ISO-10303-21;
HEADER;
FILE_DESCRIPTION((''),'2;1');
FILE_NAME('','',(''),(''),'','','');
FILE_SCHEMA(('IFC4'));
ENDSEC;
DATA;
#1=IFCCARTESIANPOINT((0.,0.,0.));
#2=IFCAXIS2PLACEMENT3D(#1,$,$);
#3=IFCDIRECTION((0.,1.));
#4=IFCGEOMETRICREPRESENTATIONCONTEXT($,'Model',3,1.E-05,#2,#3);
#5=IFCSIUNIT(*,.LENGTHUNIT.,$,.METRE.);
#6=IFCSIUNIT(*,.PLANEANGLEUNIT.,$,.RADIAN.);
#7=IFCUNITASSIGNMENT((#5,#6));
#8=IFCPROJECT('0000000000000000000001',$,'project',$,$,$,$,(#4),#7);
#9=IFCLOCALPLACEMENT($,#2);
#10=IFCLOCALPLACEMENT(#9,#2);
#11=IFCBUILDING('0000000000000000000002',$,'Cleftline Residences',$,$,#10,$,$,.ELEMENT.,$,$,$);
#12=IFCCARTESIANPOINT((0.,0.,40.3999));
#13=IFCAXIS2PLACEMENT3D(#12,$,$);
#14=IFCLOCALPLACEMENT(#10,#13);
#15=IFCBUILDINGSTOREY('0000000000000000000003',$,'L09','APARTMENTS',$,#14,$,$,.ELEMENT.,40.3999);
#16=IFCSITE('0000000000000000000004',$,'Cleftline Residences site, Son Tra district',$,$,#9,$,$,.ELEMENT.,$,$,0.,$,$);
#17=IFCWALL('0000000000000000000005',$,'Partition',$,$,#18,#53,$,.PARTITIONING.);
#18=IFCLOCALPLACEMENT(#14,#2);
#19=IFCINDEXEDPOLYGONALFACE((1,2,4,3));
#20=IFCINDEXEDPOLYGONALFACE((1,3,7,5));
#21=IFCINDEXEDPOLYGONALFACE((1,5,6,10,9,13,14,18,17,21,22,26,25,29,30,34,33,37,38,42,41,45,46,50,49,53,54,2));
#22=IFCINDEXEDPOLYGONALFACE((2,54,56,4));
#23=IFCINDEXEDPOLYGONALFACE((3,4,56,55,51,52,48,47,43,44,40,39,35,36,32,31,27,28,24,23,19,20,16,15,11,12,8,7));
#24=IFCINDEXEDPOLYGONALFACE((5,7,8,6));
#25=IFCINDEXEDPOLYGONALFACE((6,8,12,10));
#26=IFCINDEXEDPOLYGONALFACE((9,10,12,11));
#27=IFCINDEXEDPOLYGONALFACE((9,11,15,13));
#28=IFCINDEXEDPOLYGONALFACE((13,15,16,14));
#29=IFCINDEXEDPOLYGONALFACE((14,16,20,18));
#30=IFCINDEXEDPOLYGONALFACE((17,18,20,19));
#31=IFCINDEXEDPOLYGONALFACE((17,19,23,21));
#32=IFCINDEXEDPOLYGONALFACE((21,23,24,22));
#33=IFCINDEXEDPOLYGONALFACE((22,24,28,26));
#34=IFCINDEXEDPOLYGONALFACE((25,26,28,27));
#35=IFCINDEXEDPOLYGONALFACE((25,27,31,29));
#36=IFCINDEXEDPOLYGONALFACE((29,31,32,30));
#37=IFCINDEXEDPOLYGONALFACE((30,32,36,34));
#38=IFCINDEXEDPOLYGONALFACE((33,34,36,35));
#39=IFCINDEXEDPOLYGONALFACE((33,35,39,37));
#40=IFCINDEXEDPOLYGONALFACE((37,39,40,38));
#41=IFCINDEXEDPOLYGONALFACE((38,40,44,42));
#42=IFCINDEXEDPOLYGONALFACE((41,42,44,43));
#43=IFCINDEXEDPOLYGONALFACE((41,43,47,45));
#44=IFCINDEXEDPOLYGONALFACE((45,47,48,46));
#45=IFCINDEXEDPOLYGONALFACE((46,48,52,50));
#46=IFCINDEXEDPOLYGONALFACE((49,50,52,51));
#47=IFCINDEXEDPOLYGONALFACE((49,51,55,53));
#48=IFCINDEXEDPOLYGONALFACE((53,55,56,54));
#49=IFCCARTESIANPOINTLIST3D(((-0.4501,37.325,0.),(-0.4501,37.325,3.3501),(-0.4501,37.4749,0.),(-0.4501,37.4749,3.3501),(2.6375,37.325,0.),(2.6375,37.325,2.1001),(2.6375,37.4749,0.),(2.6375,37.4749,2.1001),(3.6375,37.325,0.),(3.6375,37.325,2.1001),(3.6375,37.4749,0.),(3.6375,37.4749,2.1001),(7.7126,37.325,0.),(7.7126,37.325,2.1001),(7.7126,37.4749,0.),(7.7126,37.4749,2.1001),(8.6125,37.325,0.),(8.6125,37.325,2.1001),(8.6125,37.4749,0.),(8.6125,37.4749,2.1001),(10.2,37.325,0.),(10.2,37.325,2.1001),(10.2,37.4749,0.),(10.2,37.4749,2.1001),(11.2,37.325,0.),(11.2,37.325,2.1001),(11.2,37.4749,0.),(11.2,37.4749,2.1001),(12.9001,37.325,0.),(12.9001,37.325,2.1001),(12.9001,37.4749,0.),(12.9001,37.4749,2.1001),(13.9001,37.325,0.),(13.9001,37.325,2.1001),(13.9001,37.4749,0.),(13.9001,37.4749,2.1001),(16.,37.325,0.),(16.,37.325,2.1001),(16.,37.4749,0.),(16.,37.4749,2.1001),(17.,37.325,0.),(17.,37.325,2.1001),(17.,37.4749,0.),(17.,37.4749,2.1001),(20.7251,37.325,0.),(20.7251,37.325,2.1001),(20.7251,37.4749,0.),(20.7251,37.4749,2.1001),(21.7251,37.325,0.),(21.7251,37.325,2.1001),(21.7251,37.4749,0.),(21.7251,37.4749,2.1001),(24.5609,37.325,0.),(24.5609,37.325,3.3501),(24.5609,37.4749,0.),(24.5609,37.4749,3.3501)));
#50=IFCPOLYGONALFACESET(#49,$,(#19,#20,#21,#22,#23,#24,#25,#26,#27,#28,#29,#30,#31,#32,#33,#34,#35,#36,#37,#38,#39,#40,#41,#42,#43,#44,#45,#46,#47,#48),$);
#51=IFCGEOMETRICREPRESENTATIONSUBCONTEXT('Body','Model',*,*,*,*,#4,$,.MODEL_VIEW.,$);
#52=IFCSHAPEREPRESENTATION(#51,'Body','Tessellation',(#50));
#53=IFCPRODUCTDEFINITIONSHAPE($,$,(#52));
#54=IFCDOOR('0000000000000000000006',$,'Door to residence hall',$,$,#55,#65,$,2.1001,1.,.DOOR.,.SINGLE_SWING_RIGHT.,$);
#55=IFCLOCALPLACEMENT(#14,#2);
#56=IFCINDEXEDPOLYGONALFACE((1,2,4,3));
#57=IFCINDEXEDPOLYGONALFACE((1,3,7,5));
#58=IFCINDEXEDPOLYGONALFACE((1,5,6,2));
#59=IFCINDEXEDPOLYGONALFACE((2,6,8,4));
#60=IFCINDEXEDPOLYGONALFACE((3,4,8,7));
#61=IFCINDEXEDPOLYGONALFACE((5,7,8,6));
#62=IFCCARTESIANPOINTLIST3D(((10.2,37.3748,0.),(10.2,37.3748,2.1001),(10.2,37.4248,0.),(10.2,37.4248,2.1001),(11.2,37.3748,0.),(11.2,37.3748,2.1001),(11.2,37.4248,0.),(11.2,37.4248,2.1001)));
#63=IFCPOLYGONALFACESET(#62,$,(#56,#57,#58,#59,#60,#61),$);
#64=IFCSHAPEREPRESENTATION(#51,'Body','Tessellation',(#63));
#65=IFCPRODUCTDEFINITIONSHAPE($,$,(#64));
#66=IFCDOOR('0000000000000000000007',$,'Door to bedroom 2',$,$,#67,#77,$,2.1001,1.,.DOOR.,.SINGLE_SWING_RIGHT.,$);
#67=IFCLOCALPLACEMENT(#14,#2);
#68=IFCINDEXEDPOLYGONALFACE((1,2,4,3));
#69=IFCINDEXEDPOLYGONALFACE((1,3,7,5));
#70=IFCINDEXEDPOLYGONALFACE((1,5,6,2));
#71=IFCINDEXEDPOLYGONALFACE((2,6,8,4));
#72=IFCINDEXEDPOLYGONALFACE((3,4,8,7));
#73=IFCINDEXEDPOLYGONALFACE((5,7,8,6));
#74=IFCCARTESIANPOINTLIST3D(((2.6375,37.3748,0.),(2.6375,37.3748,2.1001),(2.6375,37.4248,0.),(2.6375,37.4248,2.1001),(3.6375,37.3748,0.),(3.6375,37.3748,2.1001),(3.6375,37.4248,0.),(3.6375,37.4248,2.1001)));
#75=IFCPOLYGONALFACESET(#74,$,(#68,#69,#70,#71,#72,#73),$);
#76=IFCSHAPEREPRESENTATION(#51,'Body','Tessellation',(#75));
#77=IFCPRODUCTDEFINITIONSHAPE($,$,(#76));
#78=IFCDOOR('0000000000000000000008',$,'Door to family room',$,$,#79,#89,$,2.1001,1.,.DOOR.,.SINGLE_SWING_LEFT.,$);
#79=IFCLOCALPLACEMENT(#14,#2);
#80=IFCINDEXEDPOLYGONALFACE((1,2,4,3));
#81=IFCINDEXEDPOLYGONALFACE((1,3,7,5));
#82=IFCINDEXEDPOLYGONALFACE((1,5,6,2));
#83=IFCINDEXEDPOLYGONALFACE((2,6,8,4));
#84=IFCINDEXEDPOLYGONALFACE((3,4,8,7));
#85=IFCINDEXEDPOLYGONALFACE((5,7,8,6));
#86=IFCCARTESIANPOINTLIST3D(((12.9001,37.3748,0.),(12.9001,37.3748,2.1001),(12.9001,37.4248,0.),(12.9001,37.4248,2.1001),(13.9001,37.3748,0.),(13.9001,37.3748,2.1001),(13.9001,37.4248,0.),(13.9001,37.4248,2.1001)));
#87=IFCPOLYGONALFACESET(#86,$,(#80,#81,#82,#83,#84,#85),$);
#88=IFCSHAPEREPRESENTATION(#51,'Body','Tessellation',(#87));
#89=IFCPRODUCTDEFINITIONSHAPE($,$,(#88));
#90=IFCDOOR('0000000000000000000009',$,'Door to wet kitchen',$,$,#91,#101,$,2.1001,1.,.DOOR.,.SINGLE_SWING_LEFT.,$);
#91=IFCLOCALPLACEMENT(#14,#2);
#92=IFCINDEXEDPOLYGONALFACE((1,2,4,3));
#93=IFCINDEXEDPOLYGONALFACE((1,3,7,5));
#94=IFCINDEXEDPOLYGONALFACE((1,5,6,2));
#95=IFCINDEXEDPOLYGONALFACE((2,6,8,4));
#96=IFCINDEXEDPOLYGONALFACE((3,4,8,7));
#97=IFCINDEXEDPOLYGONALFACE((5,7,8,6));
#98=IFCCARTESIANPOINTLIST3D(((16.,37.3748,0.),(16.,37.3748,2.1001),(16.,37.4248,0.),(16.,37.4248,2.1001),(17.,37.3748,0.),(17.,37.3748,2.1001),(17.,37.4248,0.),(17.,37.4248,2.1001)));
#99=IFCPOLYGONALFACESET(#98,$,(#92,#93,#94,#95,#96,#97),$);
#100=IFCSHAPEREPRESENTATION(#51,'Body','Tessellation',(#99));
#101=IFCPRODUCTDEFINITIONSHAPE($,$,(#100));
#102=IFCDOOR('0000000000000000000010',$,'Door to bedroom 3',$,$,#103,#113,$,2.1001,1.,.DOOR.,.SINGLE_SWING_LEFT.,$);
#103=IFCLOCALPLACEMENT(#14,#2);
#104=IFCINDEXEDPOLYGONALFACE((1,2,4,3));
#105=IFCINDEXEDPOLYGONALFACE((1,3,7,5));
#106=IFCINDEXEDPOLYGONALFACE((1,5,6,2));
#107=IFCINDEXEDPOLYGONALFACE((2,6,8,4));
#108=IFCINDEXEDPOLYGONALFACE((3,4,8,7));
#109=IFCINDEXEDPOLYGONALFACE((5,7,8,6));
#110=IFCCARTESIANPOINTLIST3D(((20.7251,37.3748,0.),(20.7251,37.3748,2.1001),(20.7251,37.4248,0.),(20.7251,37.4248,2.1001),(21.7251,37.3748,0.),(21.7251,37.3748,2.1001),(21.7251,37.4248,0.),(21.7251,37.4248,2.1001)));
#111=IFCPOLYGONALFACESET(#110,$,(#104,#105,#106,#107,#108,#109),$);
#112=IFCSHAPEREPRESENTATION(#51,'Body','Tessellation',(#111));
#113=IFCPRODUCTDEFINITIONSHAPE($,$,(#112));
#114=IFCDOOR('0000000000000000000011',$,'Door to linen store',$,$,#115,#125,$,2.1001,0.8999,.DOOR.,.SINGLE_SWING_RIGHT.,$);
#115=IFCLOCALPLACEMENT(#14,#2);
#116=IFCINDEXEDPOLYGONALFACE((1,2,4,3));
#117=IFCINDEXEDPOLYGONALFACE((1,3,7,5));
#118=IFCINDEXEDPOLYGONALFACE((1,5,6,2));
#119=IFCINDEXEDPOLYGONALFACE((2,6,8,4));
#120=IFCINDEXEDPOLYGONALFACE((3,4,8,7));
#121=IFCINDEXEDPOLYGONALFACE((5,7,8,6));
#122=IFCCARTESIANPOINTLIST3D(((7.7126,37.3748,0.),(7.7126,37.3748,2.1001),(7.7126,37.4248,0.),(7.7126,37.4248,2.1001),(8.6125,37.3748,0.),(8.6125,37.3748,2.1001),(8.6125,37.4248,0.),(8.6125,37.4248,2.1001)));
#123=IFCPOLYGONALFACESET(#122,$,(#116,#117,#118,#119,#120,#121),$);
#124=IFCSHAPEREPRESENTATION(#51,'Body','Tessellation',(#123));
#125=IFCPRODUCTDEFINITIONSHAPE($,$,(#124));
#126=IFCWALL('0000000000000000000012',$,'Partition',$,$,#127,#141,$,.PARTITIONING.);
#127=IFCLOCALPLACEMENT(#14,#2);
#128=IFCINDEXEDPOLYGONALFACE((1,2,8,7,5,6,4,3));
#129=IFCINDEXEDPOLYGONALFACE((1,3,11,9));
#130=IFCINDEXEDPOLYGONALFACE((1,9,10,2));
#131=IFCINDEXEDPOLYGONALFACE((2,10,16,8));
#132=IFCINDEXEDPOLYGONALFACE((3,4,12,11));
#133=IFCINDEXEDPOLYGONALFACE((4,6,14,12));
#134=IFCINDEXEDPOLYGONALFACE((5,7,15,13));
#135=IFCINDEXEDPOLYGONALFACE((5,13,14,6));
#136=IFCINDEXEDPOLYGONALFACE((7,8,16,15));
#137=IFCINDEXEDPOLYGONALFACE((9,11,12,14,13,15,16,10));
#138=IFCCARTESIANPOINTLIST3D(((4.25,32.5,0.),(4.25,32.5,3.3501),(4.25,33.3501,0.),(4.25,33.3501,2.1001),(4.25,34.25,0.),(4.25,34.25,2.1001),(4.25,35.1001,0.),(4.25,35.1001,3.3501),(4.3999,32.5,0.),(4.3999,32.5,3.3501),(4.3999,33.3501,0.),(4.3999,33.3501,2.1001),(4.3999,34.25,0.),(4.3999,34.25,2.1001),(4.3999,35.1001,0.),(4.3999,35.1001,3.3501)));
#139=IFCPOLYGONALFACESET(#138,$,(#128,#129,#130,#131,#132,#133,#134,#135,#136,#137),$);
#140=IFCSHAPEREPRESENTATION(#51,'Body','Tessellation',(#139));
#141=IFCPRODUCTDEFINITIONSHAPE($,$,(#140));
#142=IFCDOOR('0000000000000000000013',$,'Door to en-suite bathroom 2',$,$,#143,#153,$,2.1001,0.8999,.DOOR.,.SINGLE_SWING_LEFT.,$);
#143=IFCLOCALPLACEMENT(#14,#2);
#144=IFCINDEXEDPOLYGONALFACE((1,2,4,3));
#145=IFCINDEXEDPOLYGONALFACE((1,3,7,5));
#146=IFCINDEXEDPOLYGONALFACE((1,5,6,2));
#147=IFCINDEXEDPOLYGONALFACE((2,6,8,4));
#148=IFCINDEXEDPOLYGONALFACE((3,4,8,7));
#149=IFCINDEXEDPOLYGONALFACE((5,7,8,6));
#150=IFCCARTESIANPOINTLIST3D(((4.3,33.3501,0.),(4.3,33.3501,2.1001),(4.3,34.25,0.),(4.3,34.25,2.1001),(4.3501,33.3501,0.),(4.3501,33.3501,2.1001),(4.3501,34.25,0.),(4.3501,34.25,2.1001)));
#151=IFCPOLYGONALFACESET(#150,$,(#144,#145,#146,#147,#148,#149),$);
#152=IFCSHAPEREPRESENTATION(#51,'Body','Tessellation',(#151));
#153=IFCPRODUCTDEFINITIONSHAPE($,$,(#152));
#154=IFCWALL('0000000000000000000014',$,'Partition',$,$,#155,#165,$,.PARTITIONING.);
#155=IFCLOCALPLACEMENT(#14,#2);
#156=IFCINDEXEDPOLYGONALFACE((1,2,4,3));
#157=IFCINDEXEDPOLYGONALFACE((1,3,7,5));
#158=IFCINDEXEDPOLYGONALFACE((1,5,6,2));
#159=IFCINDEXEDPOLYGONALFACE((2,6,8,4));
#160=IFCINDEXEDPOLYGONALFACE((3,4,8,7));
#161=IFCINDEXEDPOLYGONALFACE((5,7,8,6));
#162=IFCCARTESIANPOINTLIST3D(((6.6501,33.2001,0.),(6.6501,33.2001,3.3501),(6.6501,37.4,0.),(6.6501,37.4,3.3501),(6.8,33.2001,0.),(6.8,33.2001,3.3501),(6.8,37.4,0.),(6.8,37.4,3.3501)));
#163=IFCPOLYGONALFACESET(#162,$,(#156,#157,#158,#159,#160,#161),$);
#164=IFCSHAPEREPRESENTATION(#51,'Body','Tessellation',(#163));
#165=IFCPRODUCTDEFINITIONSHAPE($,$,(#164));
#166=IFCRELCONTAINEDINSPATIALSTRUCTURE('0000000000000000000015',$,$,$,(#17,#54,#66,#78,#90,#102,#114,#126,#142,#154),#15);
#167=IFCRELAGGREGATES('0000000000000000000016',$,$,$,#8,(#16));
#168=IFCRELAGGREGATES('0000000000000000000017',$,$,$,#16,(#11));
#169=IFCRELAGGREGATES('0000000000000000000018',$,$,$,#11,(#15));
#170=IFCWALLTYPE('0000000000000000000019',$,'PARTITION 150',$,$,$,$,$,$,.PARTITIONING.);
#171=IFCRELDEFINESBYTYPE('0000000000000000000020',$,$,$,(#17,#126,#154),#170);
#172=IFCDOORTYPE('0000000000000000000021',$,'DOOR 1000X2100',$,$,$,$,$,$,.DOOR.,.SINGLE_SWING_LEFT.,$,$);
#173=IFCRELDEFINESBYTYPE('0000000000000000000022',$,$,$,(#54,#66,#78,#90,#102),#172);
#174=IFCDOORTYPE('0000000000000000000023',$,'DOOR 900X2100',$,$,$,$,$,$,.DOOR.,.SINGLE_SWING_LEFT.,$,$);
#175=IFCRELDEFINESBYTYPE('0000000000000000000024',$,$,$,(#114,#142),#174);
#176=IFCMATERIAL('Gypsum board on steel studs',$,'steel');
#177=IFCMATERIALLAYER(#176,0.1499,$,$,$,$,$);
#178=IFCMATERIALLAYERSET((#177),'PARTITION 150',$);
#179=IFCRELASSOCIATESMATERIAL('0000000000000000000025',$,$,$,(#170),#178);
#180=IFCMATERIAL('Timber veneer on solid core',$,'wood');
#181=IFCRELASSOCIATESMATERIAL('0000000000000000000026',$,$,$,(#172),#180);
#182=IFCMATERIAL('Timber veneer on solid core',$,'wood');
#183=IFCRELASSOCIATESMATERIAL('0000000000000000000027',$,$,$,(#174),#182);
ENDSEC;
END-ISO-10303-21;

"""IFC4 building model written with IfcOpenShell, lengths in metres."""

from ifc_helpers import new_model, si_unit, direction, frame, frame_2d, origin, place, context, subcontext, project, spatial, rectangle, extrude, material, layer, layer_set, type_object, element, fill, save


model = new_model("IFC4")

# Units and contexts
model_context = context("Model", 3, precision=1e-05, world=origin(), true_north=direction((0.0, 1.0)))
body_context = subcontext(model_context, "Body", "Model", "MODEL_VIEW")
ifc_project = project(units=[si_unit("LENGTHUNIT", "METRE"), si_unit("PLANEANGLEUNIT", "RADIAN")], contexts=[model_context])

# Site, building, storey
site_placement = place(None, origin())
site = spatial("IfcSite", under=ifc_project, at=site_placement, Name="Cleftline Residences site, Son Tra district", CompositionType="ELEMENT", RefElevation=0.0)
building_placement = place(site_placement, origin())
building = spatial("IfcBuilding", under=site, at=building_placement, Name="Cleftline Residences", CompositionType="ELEMENT")
storey_placement = place(building_placement, frame((0.0, 0.0, 40.3999)))
storey = spatial("IfcBuildingStorey", under=building, at=storey_placement, Name="L09", Description="APARTMENTS", CompositionType="ELEMENT", Elevation=40.3999)

# Shared definitions
ifc_material_1 = material(Name="Gypsum board on steel studs", Category="steel")
ifc_layer = layer(ifc_material_1, 0.1499)
ifc_layer_set = layer_set([ifc_layer], Name="PARTITION 150")
wall_type = type_object("IfcWallType", Name="PARTITION 150", PredefinedType="PARTITIONING", material=ifc_layer_set)

# Wall, openings, doors
wall_1_placement = place(storey_placement, frame((-0.45, 37.3999, 0.0), z_axis=(0.0, 0.0, 1.0), x_axis=(1.0, 0.0, 0.0)))
wall_1 = element("IfcWall", 1, at=wall_1_placement, inside=storey, type_object=wall_type, Name="Partition", PredefinedType="PARTITIONING", context=body_context, shape_type="SweptSolid", body=[
    extrude(rectangle(XDim=25.011, YDim=0.1499, at=frame_2d((12.5054, 0.0))), origin(), (0.0, 0.0, 1.0), 3.3501),
])
opening_1_placement = place(wall_1_placement, frame((10.6499, 0.0, 0.0)))
opening_1 = element("IfcOpeningElement", 2, at=opening_1_placement, cuts=wall_1, PredefinedType="OPENING", context=body_context, shape_type="SweptSolid", body=[
    extrude(rectangle(XDim=1.0, YDim=2.1001, at=frame_2d((0.5, 1.05))), frame((0.0, 0.085, 0.0), z_axis=(0.0, -1.0, 0.0), x_axis=(1.0, 0.0, 0.0)), (0.0, 0.0, 1.0), 0.1699),
])
opening_2_placement = place(wall_1_placement, frame((3.0874, 0.0, 0.0)))
opening_2 = element("IfcOpeningElement", 3, at=opening_2_placement, cuts=wall_1, PredefinedType="OPENING", context=body_context, shape_type="SweptSolid", body=[
    extrude(rectangle(XDim=1.0, YDim=2.1001, at=frame_2d((0.5, 1.05))), frame((0.0, 0.085, 0.0), z_axis=(0.0, -1.0, 0.0), x_axis=(1.0, 0.0, 0.0)), (0.0, 0.0, 1.0), 0.1699),
])
opening_3_placement = place(wall_1_placement, frame((8.1626, 0.0, 0.0)))
opening_3 = element("IfcOpeningElement", 4, at=opening_3_placement, cuts=wall_1, PredefinedType="OPENING", context=body_context, shape_type="SweptSolid", body=[
    extrude(rectangle(XDim=0.8999, YDim=2.1001, at=frame_2d((0.45, 1.05))), frame((0.0, 0.085, 0.0), z_axis=(0.0, -1.0, 0.0), x_axis=(1.0, 0.0, 0.0)), (0.0, 0.0, 1.0), 0.1699),
])
opening_4_placement = place(wall_1_placement, frame((13.3501, 0.0, 0.0)))
opening_4 = element("IfcOpeningElement", 5, at=opening_4_placement, cuts=wall_1, PredefinedType="OPENING", context=body_context, shape_type="SweptSolid", body=[
    extrude(rectangle(XDim=1.0, YDim=2.1001, at=frame_2d((0.5, 1.05))), frame((0.0, 0.085, 0.0), z_axis=(0.0, -1.0, 0.0), x_axis=(1.0, 0.0, 0.0)), (0.0, 0.0, 1.0), 0.1699),
])
opening_5_placement = place(wall_1_placement, frame((16.45, 0.0, 0.0)))
opening_5 = element("IfcOpeningElement", 6, at=opening_5_placement, cuts=wall_1, PredefinedType="OPENING", context=body_context, shape_type="SweptSolid", body=[
    extrude(rectangle(XDim=1.0, YDim=2.1001, at=frame_2d((0.5, 1.05))), frame((0.0, 0.085, 0.0), z_axis=(0.0, -1.0, 0.0), x_axis=(1.0, 0.0, 0.0)), (0.0, 0.0, 1.0), 0.1699),
])
opening_6_placement = place(wall_1_placement, frame((21.175, 0.0, 0.0)))
opening_6 = element("IfcOpeningElement", 7, at=opening_6_placement, cuts=wall_1, PredefinedType="OPENING", context=body_context, shape_type="SweptSolid", body=[
    extrude(rectangle(XDim=1.0, YDim=2.1001, at=frame_2d((0.5, 1.05))), frame((0.0, 0.085, 0.0), z_axis=(0.0, -1.0, 0.0), x_axis=(1.0, 0.0, 0.0)), (0.0, 0.0, 1.0), 0.1699),
])
ifc_material_2 = material(Name="Timber veneer on solid core", Category="wood")
door_type_1 = type_object("IfcDoorType", Name="DOOR 1000X2100", OperationType="SINGLE_SWING_LEFT", PredefinedType="DOOR", material=ifc_material_2)
door_1_placement = place(opening_1_placement, origin())
door_1 = element("IfcDoor", 8, at=door_1_placement, inside=storey, type_object=door_type_1, Name="Door to residence hall", OperationType="SINGLE_SWING_RIGHT", OverallHeight=2.1001, OverallWidth=1.0, PredefinedType="DOOR", context=body_context, shape_type="SweptSolid", body=[
    extrude(rectangle(XDim=1.0, YDim=2.1001, at=frame_2d((0.5, 1.05))), frame((0.0, 0.0249, 0.0), z_axis=(0.0, -1.0, 0.0), x_axis=(1.0, 0.0, 0.0)), (0.0, 0.0, 1.0), 0.05),
])
fill(opening_1, door_1)
door_2_placement = place(opening_2_placement, origin())
door_2 = element("IfcDoor", 9, at=door_2_placement, inside=storey, type_object=door_type_1, Name="Door to bedroom 2", OperationType="SINGLE_SWING_RIGHT", OverallHeight=2.1001, OverallWidth=1.0, PredefinedType="DOOR", context=body_context, shape_type="SweptSolid", body=[
    extrude(rectangle(XDim=1.0, YDim=2.1001, at=frame_2d((0.5, 1.05))), frame((0.0, 0.0249, 0.0), z_axis=(0.0, -1.0, 0.0), x_axis=(1.0, 0.0, 0.0)), (0.0, 0.0, 1.0), 0.05),
])
fill(opening_2, door_2)
door_3_placement = place(opening_4_placement, origin())
door_3 = element("IfcDoor", 10, at=door_3_placement, inside=storey, type_object=door_type_1, Name="Door to family room", OperationType="SINGLE_SWING_LEFT", OverallHeight=2.1001, OverallWidth=1.0, PredefinedType="DOOR", context=body_context, shape_type="SweptSolid", body=[
    extrude(rectangle(XDim=1.0, YDim=2.1001, at=frame_2d((0.5, 1.05))), frame((0.0, 0.0249, 0.0), z_axis=(0.0, -1.0, 0.0), x_axis=(1.0, 0.0, 0.0)), (0.0, 0.0, 1.0), 0.05),
])
fill(opening_4, door_3)
door_4_placement = place(opening_5_placement, origin())
door_4 = element("IfcDoor", 11, at=door_4_placement, inside=storey, type_object=door_type_1, Name="Door to wet kitchen", OperationType="SINGLE_SWING_LEFT", OverallHeight=2.1001, OverallWidth=1.0, PredefinedType="DOOR", context=body_context, shape_type="SweptSolid", body=[
    extrude(rectangle(XDim=1.0, YDim=2.1001, at=frame_2d((0.5, 1.05))), frame((0.0, 0.0249, 0.0), z_axis=(0.0, -1.0, 0.0), x_axis=(1.0, 0.0, 0.0)), (0.0, 0.0, 1.0), 0.05),
])
fill(opening_5, door_4)
door_5_placement = place(opening_6_placement, origin())
door_5 = element("IfcDoor", 12, at=door_5_placement, inside=storey, type_object=door_type_1, Name="Door to bedroom 3", OperationType="SINGLE_SWING_LEFT", OverallHeight=2.1001, OverallWidth=1.0, PredefinedType="DOOR", context=body_context, shape_type="SweptSolid", body=[
    extrude(rectangle(XDim=1.0, YDim=2.1001, at=frame_2d((0.5, 1.05))), frame((0.0, 0.0249, 0.0), z_axis=(0.0, -1.0, 0.0), x_axis=(1.0, 0.0, 0.0)), (0.0, 0.0, 1.0), 0.05),
])
fill(opening_6, door_5)
ifc_material_3 = material(Name="Timber veneer on solid core", Category="wood")
door_type_2 = type_object("IfcDoorType", Name="DOOR 900X2100", OperationType="SINGLE_SWING_LEFT", PredefinedType="DOOR", material=ifc_material_3)
door_6_placement = place(opening_3_placement, origin())
door_6 = element("IfcDoor", 13, at=door_6_placement, inside=storey, type_object=door_type_2, Name="Door to linen store", OperationType="SINGLE_SWING_RIGHT", OverallHeight=2.1001, OverallWidth=0.8999, PredefinedType="DOOR", context=body_context, shape_type="SweptSolid", body=[
    extrude(rectangle(XDim=0.8999, YDim=2.1001, at=frame_2d((0.45, 1.05))), frame((0.0, 0.0249, 0.0), z_axis=(0.0, -1.0, 0.0), x_axis=(1.0, 0.0, 0.0)), (0.0, 0.0, 1.0), 0.05),
])
fill(opening_3, door_6)

# Wall, opening, door
wall_2_placement = place(storey_placement, frame((4.325, 32.5, 0.0), z_axis=(0.0, 0.0, 1.0), x_axis=(0.0, 1.0, 0.0)))
wall_2 = element("IfcWall", 14, at=wall_2_placement, inside=storey, type_object=wall_type, Name="Partition", PredefinedType="PARTITIONING", context=body_context, shape_type="SweptSolid", body=[
    extrude(rectangle(XDim=2.6001, YDim=0.1499, at=frame_2d((1.3, 0.0))), origin(), (0.0, 0.0, 1.0), 3.3501),
])
opening_7_placement = place(wall_2_placement, frame((0.8501, 0.0, 0.0)))
opening_7 = element("IfcOpeningElement", 15, at=opening_7_placement, cuts=wall_2, PredefinedType="OPENING", context=body_context, shape_type="SweptSolid", body=[
    extrude(rectangle(XDim=0.8999, YDim=2.1001, at=frame_2d((0.45, 1.05))), frame((0.0, 0.085, 0.0), z_axis=(0.0, -1.0, 0.0), x_axis=(1.0, 0.0, 0.0)), (0.0, 0.0, 1.0), 0.1699),
])
door_7_placement = place(opening_7_placement, origin())
door_7 = element("IfcDoor", 16, at=door_7_placement, inside=storey, type_object=door_type_2, Name="Door to en-suite bathroom 2", OperationType="SINGLE_SWING_LEFT", OverallHeight=2.1001, OverallWidth=0.8999, PredefinedType="DOOR", context=body_context, shape_type="SweptSolid", body=[
    extrude(rectangle(XDim=0.8999, YDim=2.1001, at=frame_2d((0.45, 1.05))), frame((0.0, 0.0249, 0.0), z_axis=(0.0, -1.0, 0.0), x_axis=(1.0, 0.0, 0.0)), (0.0, 0.0, 1.0), 0.05),
])
fill(opening_7, door_7)

# Wall
wall_3_placement = place(storey_placement, frame((6.7251, 33.2, 0.0), z_axis=(0.0, 0.0, 1.0), x_axis=(0.0, 1.0, 0.0)))
element("IfcWall", 17, at=wall_3_placement, inside=storey, type_object=wall_type, Name="Partition", PredefinedType="PARTITIONING", context=body_context, shape_type="SweptSolid", body=[
    extrude(rectangle(XDim=4.2, YDim=0.1499, at=frame_2d((2.1001, 0.0))), origin(), (0.0, 0.0, 1.0), 3.3501),
])

save(model, "model.ifc")
